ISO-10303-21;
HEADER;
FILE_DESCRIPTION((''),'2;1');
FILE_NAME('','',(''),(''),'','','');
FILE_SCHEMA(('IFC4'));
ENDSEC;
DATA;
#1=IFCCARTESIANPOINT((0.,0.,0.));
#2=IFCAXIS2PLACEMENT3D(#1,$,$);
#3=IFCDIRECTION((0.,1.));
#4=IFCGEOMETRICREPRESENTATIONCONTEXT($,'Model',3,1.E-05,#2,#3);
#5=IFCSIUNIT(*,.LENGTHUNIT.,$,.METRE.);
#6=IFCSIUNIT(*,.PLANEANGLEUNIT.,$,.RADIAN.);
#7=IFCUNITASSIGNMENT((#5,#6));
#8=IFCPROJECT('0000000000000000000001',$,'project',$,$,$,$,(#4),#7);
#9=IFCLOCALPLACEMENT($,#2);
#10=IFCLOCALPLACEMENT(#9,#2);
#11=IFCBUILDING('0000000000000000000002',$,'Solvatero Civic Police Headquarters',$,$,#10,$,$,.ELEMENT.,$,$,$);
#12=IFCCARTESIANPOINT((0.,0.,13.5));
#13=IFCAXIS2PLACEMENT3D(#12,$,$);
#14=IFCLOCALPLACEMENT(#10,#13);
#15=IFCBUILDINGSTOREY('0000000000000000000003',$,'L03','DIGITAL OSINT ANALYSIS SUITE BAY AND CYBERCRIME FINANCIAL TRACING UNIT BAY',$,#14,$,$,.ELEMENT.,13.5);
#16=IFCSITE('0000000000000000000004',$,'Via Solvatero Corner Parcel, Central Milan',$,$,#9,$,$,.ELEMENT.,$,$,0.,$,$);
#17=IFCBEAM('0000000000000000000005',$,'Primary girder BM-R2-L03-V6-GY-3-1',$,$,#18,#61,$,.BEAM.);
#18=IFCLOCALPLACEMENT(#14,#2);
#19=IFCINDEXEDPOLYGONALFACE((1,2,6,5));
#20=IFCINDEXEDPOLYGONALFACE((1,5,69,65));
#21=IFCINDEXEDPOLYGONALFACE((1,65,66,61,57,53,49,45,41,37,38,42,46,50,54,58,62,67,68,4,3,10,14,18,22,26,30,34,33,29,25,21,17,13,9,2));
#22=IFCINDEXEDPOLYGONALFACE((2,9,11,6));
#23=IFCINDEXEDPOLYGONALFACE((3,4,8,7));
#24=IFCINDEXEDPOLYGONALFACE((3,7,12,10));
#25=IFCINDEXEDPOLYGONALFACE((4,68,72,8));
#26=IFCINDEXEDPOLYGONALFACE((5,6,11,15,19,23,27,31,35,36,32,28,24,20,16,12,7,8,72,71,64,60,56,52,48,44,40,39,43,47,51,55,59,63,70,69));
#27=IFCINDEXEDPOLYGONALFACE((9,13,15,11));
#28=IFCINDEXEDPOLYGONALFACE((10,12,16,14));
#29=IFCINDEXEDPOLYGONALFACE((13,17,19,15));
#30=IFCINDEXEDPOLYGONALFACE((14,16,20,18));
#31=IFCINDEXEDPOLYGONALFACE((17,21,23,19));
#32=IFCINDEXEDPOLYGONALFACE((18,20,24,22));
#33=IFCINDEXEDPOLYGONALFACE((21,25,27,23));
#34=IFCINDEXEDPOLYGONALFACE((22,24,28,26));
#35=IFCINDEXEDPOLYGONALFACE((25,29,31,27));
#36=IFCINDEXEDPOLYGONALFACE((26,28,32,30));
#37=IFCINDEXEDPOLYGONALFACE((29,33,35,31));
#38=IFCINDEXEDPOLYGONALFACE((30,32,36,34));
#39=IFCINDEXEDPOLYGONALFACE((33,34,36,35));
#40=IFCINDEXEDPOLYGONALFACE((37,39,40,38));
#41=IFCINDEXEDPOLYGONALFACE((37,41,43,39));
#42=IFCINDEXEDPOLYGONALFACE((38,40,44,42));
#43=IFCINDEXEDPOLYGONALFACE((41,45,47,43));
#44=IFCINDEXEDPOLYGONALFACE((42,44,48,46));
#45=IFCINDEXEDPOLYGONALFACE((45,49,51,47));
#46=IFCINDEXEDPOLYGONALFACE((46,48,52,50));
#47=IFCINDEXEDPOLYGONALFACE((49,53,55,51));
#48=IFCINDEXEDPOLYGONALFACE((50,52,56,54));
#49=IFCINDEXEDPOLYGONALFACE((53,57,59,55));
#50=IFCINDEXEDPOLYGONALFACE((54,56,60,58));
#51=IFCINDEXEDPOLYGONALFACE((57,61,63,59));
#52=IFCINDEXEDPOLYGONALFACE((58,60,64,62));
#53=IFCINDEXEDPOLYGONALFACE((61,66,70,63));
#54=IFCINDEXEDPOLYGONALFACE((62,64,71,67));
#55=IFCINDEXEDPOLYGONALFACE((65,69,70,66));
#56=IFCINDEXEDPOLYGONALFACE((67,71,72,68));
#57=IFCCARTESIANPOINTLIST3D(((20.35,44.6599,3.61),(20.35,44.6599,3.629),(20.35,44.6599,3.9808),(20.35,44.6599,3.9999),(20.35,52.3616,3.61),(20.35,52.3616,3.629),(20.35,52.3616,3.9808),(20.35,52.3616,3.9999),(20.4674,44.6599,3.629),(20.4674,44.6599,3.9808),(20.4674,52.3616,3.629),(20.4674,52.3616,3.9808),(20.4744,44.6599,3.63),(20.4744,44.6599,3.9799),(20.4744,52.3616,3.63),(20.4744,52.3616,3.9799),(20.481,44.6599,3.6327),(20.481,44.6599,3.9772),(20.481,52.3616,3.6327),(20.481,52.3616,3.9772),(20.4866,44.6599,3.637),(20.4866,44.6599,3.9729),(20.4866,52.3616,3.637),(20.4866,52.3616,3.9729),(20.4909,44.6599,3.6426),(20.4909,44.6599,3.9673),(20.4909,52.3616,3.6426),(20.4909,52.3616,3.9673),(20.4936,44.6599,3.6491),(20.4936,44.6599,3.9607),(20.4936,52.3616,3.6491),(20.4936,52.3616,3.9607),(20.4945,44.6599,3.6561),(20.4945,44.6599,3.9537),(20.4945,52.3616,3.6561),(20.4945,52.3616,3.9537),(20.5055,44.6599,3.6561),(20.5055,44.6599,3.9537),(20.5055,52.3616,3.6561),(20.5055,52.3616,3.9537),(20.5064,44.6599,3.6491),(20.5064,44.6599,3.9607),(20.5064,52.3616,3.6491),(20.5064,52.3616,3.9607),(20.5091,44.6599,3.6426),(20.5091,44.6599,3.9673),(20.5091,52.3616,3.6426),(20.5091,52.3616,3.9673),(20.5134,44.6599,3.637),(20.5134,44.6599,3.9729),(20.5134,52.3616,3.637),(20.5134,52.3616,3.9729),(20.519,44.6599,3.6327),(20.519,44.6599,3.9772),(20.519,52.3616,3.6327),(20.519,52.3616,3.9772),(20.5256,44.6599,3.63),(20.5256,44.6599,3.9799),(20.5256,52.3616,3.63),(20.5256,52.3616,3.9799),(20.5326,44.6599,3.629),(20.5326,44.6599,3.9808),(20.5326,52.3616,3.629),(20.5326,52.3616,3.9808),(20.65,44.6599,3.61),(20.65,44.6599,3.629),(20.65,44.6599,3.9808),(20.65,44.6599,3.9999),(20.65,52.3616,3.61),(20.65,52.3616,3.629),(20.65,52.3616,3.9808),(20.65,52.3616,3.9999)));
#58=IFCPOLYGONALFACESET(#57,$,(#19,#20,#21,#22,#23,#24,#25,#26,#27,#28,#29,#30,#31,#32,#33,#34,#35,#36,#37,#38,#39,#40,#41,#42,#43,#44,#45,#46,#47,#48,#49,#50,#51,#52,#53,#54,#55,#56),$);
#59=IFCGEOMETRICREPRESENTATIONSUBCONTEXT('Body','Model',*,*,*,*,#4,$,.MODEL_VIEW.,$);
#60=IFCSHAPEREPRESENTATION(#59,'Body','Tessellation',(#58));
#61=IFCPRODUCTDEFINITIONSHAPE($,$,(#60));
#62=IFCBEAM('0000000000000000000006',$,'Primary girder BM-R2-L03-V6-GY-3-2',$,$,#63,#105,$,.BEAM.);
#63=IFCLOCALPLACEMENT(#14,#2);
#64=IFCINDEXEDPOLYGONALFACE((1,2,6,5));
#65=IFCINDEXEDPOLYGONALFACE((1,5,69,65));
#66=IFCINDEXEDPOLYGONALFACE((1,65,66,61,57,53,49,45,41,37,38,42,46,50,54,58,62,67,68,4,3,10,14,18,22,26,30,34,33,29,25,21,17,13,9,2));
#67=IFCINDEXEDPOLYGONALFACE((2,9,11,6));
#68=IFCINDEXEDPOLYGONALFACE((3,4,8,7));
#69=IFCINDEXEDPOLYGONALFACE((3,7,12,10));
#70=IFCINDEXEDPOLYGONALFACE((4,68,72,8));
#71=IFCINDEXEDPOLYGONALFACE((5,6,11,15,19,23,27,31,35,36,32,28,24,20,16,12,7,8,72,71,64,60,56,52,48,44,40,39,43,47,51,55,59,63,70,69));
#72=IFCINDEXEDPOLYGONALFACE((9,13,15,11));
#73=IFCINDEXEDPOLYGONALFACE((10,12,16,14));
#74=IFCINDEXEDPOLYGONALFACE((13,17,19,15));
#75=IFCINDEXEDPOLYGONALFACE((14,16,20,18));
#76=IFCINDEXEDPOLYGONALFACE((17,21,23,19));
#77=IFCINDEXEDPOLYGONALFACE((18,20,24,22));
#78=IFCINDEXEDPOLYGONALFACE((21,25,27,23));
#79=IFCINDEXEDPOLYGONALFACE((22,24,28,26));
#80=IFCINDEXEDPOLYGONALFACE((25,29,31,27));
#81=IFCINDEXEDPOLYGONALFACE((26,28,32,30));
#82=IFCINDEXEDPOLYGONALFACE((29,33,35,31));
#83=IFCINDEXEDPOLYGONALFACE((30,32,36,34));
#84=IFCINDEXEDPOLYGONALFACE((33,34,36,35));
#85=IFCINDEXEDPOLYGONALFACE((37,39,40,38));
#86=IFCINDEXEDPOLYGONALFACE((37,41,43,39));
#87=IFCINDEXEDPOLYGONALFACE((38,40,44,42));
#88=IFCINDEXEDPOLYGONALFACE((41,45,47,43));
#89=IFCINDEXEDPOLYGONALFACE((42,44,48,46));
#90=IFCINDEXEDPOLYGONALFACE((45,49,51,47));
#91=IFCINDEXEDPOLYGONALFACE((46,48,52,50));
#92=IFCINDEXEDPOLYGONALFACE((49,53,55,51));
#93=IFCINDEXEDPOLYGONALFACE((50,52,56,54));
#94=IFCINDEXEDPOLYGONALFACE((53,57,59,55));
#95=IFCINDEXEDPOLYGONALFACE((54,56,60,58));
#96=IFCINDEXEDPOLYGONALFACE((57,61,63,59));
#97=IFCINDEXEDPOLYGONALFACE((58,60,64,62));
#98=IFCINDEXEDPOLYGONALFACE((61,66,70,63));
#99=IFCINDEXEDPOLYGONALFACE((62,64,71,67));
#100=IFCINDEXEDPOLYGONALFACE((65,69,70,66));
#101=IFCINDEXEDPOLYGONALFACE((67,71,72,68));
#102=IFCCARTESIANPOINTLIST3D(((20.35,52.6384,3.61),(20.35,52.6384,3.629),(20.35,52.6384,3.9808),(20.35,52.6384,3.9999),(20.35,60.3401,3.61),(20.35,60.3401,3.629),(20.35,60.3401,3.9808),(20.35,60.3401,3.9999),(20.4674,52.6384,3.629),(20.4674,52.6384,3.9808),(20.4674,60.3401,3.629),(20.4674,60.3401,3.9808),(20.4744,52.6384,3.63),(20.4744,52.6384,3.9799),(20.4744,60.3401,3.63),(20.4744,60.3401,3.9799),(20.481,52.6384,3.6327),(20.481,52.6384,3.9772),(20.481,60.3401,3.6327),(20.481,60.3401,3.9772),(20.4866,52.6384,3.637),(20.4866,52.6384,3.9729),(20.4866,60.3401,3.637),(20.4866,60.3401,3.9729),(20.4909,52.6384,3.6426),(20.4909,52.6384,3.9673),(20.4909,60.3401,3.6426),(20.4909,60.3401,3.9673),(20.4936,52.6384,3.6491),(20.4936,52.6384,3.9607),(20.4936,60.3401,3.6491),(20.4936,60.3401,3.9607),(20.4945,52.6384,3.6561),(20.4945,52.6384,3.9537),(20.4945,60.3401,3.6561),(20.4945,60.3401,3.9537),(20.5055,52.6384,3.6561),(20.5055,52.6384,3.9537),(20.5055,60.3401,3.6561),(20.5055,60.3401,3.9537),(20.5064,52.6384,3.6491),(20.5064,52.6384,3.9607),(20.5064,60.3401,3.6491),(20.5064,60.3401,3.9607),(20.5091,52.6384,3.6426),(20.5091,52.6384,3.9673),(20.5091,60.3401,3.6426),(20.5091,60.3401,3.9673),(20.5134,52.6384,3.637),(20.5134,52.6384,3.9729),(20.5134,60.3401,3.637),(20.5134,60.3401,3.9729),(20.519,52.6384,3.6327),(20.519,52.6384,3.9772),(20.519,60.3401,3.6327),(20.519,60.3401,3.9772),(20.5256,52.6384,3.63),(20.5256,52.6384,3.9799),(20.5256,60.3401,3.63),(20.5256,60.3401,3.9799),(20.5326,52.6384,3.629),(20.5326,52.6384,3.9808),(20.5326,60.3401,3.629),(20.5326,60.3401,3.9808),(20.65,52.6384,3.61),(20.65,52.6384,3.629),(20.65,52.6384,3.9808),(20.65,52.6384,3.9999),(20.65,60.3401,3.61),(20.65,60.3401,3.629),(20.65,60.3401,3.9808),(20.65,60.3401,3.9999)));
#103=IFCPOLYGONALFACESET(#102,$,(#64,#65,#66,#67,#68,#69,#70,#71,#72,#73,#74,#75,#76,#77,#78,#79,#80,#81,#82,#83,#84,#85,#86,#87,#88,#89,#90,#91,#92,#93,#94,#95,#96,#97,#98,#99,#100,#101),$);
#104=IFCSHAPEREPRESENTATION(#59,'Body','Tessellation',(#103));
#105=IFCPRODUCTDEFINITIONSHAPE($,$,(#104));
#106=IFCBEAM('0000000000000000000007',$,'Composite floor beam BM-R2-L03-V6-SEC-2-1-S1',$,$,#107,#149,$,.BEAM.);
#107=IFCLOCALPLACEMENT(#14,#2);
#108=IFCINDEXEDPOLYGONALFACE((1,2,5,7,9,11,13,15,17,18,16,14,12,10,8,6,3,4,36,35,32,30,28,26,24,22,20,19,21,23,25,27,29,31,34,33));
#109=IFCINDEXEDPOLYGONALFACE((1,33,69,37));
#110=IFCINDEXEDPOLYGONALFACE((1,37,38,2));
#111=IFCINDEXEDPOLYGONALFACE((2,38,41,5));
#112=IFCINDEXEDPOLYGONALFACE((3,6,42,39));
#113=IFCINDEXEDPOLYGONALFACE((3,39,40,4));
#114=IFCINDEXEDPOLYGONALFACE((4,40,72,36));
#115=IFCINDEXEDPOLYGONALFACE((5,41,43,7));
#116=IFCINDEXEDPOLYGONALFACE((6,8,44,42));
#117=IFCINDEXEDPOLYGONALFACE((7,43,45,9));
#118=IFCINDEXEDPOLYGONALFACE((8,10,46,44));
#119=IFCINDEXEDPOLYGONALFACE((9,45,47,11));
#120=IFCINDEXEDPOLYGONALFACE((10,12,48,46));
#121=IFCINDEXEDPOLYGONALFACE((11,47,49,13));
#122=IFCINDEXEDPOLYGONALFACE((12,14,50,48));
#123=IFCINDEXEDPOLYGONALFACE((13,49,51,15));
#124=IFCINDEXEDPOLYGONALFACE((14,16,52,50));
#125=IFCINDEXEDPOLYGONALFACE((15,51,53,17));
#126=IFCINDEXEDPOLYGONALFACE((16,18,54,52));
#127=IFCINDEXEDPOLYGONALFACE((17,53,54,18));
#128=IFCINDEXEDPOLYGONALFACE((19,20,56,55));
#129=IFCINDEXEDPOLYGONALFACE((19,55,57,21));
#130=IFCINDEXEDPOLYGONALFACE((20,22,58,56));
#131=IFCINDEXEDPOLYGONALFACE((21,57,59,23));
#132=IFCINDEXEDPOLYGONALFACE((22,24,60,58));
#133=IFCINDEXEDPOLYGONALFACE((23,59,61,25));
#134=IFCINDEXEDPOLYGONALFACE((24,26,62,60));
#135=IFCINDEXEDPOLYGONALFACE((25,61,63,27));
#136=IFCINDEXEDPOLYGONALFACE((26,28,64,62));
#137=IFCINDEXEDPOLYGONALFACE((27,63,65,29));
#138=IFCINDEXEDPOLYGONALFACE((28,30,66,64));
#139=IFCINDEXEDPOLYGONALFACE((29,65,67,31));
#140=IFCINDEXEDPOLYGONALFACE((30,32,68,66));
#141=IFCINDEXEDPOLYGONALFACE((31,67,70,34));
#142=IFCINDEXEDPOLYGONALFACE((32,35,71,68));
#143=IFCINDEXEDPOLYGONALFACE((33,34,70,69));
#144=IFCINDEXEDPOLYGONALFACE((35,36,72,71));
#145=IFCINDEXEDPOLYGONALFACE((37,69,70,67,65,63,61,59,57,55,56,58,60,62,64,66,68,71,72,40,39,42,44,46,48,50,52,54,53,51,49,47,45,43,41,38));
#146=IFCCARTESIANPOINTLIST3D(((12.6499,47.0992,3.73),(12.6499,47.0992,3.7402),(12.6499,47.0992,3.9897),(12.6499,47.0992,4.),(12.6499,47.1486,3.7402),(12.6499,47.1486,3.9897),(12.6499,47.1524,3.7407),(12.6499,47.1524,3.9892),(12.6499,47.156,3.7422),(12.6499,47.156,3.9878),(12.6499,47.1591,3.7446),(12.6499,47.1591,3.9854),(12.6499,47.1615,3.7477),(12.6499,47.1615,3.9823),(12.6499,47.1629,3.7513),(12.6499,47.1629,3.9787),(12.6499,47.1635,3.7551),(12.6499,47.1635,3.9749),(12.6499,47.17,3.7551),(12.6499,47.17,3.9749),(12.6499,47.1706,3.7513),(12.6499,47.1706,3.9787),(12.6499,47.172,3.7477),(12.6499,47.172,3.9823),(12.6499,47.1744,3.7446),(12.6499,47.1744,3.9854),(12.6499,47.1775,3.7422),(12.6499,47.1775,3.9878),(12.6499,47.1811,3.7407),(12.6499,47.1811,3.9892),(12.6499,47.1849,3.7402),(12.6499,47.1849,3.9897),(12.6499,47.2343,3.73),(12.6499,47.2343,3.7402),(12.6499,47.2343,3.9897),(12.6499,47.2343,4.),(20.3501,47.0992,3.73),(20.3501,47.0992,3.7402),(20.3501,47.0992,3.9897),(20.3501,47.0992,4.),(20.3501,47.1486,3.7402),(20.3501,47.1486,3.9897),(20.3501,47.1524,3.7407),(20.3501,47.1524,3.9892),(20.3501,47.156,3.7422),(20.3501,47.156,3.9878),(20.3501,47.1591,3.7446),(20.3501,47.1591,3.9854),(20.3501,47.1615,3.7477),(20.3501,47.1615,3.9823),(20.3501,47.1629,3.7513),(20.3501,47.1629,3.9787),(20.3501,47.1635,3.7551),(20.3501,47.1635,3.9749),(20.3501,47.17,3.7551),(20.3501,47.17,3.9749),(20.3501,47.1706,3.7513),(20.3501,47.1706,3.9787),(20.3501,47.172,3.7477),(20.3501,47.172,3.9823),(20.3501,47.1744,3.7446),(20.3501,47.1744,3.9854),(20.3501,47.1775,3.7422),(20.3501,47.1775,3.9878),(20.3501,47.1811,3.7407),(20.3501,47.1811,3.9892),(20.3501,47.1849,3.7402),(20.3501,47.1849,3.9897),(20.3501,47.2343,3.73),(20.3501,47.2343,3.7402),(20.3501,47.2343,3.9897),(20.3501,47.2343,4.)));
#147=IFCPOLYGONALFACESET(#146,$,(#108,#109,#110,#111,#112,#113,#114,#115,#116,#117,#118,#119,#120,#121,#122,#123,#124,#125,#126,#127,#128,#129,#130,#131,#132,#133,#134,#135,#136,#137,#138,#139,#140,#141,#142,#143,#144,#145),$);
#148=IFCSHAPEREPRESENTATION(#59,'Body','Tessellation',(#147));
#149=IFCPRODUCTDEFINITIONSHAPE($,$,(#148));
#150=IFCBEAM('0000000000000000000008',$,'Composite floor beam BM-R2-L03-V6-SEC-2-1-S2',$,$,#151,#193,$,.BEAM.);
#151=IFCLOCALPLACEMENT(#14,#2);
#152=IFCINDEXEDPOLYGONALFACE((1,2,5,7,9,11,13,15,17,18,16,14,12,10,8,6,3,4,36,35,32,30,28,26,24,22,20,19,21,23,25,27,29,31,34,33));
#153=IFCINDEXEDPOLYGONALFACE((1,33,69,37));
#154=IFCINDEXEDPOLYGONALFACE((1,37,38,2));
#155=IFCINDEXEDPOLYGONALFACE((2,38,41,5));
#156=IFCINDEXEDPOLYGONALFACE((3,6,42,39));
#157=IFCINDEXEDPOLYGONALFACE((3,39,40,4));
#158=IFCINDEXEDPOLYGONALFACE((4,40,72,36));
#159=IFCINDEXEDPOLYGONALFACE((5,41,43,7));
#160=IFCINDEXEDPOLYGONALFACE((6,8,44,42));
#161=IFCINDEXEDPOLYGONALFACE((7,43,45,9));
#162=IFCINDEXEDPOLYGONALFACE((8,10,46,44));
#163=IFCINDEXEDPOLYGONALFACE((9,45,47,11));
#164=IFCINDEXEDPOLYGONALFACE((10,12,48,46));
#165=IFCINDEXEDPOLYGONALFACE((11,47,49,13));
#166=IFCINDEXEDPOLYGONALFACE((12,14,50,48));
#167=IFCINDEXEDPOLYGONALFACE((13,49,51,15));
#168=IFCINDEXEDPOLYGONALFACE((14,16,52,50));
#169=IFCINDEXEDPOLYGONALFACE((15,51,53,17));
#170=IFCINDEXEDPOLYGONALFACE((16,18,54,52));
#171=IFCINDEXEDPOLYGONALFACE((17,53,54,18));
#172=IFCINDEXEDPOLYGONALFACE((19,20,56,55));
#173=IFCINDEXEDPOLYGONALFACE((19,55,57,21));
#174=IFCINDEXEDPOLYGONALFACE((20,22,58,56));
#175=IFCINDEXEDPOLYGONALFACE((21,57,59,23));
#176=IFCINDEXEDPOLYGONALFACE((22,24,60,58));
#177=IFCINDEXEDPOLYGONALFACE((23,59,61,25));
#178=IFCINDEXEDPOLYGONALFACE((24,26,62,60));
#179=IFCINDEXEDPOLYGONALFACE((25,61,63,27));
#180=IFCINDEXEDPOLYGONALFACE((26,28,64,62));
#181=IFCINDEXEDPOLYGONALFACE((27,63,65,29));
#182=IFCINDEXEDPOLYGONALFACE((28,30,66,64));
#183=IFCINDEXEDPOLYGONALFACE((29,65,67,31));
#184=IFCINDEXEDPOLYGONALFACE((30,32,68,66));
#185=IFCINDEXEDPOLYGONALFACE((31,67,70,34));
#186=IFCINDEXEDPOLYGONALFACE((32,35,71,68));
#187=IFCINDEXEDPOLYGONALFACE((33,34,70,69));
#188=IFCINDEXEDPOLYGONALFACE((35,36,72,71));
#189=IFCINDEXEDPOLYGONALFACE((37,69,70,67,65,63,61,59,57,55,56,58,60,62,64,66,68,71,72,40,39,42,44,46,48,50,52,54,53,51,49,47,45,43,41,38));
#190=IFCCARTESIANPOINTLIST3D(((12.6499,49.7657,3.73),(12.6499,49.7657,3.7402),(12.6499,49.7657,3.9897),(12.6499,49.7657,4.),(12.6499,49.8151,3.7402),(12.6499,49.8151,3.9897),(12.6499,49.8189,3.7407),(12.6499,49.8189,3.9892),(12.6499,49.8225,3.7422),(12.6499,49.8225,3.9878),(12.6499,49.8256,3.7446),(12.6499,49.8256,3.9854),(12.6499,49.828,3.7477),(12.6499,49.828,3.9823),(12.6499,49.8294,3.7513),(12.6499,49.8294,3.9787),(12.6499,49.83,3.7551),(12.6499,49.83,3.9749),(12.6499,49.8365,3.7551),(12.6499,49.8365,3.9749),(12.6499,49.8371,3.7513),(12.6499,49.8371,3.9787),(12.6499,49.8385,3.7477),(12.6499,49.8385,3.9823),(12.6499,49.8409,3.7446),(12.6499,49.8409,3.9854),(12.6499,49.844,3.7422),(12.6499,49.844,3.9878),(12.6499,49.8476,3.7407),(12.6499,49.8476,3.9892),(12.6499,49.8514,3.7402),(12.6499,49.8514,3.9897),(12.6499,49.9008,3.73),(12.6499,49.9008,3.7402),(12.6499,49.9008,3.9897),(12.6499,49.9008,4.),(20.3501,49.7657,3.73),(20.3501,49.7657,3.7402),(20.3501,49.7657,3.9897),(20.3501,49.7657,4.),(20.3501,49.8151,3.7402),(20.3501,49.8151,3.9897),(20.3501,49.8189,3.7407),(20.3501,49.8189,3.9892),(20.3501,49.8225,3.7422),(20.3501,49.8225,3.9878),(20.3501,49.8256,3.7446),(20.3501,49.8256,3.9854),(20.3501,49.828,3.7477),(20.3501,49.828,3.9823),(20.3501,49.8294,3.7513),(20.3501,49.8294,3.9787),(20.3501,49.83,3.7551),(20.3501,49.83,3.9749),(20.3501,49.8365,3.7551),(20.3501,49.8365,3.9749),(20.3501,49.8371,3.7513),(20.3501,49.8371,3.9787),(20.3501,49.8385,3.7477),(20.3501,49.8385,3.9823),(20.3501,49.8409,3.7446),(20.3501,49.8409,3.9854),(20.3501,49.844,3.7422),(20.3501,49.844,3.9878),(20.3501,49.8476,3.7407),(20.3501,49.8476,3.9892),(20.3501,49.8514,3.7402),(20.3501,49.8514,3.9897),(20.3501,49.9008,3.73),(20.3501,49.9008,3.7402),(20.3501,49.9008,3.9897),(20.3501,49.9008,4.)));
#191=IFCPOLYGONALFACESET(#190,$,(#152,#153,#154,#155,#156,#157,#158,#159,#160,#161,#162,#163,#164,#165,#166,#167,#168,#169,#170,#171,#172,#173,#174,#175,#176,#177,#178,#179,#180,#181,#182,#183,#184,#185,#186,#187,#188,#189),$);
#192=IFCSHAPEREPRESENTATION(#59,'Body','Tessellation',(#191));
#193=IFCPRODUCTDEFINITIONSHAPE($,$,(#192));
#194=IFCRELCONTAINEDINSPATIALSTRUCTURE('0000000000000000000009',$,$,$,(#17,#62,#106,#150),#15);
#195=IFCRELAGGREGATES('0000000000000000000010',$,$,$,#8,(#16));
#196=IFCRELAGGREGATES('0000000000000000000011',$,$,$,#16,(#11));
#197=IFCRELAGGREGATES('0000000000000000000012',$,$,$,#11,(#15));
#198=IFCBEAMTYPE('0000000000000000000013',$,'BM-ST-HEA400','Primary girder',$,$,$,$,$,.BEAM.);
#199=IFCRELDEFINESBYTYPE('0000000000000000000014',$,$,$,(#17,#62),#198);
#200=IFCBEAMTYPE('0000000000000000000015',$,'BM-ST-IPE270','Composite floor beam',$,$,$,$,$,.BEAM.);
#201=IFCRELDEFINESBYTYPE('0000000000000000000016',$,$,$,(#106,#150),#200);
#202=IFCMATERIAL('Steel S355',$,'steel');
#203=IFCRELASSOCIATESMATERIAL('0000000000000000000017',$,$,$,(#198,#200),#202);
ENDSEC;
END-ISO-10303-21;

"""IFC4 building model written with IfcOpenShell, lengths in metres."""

from ifc_helpers import new_model, si_unit, direction, frame, origin, origin_2d, place, context, subcontext, project, spatial, i_section, extrude, material, material_profile, profile_set, type_object, element, save


model = new_model("IFC4")

# Units and contexts
model_context = context("Model", 3, precision=1e-05, world=origin(), true_north=direction((0.0, 1.0)))
body_context = subcontext(model_context, "Body", "Model", "MODEL_VIEW")
ifc_project = project(units=[si_unit("LENGTHUNIT", "METRE"), si_unit("PLANEANGLEUNIT", "RADIAN")], contexts=[model_context])

# Site, building, storey
site_placement = place(None, origin())
site = spatial("IfcSite", under=ifc_project, at=site_placement, Name="Via Solvatero Corner Parcel, Central Milan", CompositionType="ELEMENT", RefElevation=0.0)
building_placement = place(site_placement, origin())
building = spatial("IfcBuilding", under=site, at=building_placement, Name="Solvatero Civic Police Headquarters", CompositionType="ELEMENT")
storey_placement = place(building_placement, frame((0.0, 0.0, 13.5)))
storey = spatial("IfcBuildingStorey", under=building, at=storey_placement, Name="L03", Description="DIGITAL OSINT ANALYSIS SUITE BAY AND CYBERCRIME FINANCIAL TRACING UNIT BAY", CompositionType="ELEMENT", Elevation=13.5)

# Shared definitions
ifc_material_1 = material(Name="Steel S355", Category="steel")

# Beams
ifc_material_profile_1 = material_profile(ifc_material_1, i_section(OverallWidth=0.3, OverallDepth=0.3899, WebThickness=0.011, FlangeThickness=0.019, FilletRadius=0.0271, at=origin_2d()), Name="HEA 400")
ifc_profile_set_1 = profile_set([ifc_material_profile_1], Name="Steel S355")
beam_type_1 = type_object("IfcBeamType", Name="BM-ST-HEA400", Description="Primary girder", PredefinedType="BEAM", material=ifc_profile_set_1)
for number, where, z_axis, x_axis, name in (
    (1, (20.5, 44.6599, 3.8049), (0.0, 1.0, 0.0), (-1.0, 0.0, 0.0), "Primary girder BM-R2-L03-V6-GY-3-1"),
    (2, (20.5, 52.6384, 3.8049), (0.0, 1.0, 0.0), (-1.0, 0.0, 0.0), "Primary girder BM-R2-L03-V6-GY-3-2"),
):
    element("IfcBeam", number, at=place(storey_placement, frame(where, z_axis=z_axis, x_axis=x_axis)), inside=storey, type_object=beam_type_1, Name=name, PredefinedType="BEAM", context=body_context, shape_type="SweptSolid", body=[
        extrude(i_section(OverallWidth=0.3, OverallDepth=0.3899, WebThickness=0.011, FlangeThickness=0.019, FilletRadius=0.0271, at=origin_2d()), origin(), (0.0, 0.0, 1.0), 7.7017),
    ])
ifc_material_profile_2 = material_profile(ifc_material_1, i_section(OverallWidth=0.135, OverallDepth=0.27, WebThickness=0.0066, FlangeThickness=0.0103, FilletRadius=0.0149, at=origin_2d()), Name="IPE 270")
ifc_profile_set_2 = profile_set([ifc_material_profile_2], Name="Steel S355")
beam_type_2 = type_object("IfcBeamType", Name="BM-ST-IPE270", Description="Composite floor beam", PredefinedType="BEAM", material=ifc_profile_set_2)
for number, where, z_axis, x_axis, name in (
    (3, (12.6499, 47.1667, 3.865), (1.0, 0.0, 0.0), (0.0, 1.0, 0.0), "Composite floor beam BM-R2-L03-V6-SEC-2-1-S1"),
    (4, (12.6499, 49.8333, 3.865), (1.0, 0.0, 0.0), (0.0, 1.0, 0.0), "Composite floor beam BM-R2-L03-V6-SEC-2-1-S2"),
):
    element("IfcBeam", number, at=place(storey_placement, frame(where, z_axis=z_axis, x_axis=x_axis)), inside=storey, type_object=beam_type_2, Name=name, PredefinedType="BEAM", context=body_context, shape_type="SweptSolid", body=[
        extrude(i_section(OverallWidth=0.135, OverallDepth=0.27, WebThickness=0.0066, FlangeThickness=0.0103, FilletRadius=0.0149, at=origin_2d()), origin(), (0.0, 0.0, 1.0), 7.7002),
    ])

save(model, "model.ifc")
